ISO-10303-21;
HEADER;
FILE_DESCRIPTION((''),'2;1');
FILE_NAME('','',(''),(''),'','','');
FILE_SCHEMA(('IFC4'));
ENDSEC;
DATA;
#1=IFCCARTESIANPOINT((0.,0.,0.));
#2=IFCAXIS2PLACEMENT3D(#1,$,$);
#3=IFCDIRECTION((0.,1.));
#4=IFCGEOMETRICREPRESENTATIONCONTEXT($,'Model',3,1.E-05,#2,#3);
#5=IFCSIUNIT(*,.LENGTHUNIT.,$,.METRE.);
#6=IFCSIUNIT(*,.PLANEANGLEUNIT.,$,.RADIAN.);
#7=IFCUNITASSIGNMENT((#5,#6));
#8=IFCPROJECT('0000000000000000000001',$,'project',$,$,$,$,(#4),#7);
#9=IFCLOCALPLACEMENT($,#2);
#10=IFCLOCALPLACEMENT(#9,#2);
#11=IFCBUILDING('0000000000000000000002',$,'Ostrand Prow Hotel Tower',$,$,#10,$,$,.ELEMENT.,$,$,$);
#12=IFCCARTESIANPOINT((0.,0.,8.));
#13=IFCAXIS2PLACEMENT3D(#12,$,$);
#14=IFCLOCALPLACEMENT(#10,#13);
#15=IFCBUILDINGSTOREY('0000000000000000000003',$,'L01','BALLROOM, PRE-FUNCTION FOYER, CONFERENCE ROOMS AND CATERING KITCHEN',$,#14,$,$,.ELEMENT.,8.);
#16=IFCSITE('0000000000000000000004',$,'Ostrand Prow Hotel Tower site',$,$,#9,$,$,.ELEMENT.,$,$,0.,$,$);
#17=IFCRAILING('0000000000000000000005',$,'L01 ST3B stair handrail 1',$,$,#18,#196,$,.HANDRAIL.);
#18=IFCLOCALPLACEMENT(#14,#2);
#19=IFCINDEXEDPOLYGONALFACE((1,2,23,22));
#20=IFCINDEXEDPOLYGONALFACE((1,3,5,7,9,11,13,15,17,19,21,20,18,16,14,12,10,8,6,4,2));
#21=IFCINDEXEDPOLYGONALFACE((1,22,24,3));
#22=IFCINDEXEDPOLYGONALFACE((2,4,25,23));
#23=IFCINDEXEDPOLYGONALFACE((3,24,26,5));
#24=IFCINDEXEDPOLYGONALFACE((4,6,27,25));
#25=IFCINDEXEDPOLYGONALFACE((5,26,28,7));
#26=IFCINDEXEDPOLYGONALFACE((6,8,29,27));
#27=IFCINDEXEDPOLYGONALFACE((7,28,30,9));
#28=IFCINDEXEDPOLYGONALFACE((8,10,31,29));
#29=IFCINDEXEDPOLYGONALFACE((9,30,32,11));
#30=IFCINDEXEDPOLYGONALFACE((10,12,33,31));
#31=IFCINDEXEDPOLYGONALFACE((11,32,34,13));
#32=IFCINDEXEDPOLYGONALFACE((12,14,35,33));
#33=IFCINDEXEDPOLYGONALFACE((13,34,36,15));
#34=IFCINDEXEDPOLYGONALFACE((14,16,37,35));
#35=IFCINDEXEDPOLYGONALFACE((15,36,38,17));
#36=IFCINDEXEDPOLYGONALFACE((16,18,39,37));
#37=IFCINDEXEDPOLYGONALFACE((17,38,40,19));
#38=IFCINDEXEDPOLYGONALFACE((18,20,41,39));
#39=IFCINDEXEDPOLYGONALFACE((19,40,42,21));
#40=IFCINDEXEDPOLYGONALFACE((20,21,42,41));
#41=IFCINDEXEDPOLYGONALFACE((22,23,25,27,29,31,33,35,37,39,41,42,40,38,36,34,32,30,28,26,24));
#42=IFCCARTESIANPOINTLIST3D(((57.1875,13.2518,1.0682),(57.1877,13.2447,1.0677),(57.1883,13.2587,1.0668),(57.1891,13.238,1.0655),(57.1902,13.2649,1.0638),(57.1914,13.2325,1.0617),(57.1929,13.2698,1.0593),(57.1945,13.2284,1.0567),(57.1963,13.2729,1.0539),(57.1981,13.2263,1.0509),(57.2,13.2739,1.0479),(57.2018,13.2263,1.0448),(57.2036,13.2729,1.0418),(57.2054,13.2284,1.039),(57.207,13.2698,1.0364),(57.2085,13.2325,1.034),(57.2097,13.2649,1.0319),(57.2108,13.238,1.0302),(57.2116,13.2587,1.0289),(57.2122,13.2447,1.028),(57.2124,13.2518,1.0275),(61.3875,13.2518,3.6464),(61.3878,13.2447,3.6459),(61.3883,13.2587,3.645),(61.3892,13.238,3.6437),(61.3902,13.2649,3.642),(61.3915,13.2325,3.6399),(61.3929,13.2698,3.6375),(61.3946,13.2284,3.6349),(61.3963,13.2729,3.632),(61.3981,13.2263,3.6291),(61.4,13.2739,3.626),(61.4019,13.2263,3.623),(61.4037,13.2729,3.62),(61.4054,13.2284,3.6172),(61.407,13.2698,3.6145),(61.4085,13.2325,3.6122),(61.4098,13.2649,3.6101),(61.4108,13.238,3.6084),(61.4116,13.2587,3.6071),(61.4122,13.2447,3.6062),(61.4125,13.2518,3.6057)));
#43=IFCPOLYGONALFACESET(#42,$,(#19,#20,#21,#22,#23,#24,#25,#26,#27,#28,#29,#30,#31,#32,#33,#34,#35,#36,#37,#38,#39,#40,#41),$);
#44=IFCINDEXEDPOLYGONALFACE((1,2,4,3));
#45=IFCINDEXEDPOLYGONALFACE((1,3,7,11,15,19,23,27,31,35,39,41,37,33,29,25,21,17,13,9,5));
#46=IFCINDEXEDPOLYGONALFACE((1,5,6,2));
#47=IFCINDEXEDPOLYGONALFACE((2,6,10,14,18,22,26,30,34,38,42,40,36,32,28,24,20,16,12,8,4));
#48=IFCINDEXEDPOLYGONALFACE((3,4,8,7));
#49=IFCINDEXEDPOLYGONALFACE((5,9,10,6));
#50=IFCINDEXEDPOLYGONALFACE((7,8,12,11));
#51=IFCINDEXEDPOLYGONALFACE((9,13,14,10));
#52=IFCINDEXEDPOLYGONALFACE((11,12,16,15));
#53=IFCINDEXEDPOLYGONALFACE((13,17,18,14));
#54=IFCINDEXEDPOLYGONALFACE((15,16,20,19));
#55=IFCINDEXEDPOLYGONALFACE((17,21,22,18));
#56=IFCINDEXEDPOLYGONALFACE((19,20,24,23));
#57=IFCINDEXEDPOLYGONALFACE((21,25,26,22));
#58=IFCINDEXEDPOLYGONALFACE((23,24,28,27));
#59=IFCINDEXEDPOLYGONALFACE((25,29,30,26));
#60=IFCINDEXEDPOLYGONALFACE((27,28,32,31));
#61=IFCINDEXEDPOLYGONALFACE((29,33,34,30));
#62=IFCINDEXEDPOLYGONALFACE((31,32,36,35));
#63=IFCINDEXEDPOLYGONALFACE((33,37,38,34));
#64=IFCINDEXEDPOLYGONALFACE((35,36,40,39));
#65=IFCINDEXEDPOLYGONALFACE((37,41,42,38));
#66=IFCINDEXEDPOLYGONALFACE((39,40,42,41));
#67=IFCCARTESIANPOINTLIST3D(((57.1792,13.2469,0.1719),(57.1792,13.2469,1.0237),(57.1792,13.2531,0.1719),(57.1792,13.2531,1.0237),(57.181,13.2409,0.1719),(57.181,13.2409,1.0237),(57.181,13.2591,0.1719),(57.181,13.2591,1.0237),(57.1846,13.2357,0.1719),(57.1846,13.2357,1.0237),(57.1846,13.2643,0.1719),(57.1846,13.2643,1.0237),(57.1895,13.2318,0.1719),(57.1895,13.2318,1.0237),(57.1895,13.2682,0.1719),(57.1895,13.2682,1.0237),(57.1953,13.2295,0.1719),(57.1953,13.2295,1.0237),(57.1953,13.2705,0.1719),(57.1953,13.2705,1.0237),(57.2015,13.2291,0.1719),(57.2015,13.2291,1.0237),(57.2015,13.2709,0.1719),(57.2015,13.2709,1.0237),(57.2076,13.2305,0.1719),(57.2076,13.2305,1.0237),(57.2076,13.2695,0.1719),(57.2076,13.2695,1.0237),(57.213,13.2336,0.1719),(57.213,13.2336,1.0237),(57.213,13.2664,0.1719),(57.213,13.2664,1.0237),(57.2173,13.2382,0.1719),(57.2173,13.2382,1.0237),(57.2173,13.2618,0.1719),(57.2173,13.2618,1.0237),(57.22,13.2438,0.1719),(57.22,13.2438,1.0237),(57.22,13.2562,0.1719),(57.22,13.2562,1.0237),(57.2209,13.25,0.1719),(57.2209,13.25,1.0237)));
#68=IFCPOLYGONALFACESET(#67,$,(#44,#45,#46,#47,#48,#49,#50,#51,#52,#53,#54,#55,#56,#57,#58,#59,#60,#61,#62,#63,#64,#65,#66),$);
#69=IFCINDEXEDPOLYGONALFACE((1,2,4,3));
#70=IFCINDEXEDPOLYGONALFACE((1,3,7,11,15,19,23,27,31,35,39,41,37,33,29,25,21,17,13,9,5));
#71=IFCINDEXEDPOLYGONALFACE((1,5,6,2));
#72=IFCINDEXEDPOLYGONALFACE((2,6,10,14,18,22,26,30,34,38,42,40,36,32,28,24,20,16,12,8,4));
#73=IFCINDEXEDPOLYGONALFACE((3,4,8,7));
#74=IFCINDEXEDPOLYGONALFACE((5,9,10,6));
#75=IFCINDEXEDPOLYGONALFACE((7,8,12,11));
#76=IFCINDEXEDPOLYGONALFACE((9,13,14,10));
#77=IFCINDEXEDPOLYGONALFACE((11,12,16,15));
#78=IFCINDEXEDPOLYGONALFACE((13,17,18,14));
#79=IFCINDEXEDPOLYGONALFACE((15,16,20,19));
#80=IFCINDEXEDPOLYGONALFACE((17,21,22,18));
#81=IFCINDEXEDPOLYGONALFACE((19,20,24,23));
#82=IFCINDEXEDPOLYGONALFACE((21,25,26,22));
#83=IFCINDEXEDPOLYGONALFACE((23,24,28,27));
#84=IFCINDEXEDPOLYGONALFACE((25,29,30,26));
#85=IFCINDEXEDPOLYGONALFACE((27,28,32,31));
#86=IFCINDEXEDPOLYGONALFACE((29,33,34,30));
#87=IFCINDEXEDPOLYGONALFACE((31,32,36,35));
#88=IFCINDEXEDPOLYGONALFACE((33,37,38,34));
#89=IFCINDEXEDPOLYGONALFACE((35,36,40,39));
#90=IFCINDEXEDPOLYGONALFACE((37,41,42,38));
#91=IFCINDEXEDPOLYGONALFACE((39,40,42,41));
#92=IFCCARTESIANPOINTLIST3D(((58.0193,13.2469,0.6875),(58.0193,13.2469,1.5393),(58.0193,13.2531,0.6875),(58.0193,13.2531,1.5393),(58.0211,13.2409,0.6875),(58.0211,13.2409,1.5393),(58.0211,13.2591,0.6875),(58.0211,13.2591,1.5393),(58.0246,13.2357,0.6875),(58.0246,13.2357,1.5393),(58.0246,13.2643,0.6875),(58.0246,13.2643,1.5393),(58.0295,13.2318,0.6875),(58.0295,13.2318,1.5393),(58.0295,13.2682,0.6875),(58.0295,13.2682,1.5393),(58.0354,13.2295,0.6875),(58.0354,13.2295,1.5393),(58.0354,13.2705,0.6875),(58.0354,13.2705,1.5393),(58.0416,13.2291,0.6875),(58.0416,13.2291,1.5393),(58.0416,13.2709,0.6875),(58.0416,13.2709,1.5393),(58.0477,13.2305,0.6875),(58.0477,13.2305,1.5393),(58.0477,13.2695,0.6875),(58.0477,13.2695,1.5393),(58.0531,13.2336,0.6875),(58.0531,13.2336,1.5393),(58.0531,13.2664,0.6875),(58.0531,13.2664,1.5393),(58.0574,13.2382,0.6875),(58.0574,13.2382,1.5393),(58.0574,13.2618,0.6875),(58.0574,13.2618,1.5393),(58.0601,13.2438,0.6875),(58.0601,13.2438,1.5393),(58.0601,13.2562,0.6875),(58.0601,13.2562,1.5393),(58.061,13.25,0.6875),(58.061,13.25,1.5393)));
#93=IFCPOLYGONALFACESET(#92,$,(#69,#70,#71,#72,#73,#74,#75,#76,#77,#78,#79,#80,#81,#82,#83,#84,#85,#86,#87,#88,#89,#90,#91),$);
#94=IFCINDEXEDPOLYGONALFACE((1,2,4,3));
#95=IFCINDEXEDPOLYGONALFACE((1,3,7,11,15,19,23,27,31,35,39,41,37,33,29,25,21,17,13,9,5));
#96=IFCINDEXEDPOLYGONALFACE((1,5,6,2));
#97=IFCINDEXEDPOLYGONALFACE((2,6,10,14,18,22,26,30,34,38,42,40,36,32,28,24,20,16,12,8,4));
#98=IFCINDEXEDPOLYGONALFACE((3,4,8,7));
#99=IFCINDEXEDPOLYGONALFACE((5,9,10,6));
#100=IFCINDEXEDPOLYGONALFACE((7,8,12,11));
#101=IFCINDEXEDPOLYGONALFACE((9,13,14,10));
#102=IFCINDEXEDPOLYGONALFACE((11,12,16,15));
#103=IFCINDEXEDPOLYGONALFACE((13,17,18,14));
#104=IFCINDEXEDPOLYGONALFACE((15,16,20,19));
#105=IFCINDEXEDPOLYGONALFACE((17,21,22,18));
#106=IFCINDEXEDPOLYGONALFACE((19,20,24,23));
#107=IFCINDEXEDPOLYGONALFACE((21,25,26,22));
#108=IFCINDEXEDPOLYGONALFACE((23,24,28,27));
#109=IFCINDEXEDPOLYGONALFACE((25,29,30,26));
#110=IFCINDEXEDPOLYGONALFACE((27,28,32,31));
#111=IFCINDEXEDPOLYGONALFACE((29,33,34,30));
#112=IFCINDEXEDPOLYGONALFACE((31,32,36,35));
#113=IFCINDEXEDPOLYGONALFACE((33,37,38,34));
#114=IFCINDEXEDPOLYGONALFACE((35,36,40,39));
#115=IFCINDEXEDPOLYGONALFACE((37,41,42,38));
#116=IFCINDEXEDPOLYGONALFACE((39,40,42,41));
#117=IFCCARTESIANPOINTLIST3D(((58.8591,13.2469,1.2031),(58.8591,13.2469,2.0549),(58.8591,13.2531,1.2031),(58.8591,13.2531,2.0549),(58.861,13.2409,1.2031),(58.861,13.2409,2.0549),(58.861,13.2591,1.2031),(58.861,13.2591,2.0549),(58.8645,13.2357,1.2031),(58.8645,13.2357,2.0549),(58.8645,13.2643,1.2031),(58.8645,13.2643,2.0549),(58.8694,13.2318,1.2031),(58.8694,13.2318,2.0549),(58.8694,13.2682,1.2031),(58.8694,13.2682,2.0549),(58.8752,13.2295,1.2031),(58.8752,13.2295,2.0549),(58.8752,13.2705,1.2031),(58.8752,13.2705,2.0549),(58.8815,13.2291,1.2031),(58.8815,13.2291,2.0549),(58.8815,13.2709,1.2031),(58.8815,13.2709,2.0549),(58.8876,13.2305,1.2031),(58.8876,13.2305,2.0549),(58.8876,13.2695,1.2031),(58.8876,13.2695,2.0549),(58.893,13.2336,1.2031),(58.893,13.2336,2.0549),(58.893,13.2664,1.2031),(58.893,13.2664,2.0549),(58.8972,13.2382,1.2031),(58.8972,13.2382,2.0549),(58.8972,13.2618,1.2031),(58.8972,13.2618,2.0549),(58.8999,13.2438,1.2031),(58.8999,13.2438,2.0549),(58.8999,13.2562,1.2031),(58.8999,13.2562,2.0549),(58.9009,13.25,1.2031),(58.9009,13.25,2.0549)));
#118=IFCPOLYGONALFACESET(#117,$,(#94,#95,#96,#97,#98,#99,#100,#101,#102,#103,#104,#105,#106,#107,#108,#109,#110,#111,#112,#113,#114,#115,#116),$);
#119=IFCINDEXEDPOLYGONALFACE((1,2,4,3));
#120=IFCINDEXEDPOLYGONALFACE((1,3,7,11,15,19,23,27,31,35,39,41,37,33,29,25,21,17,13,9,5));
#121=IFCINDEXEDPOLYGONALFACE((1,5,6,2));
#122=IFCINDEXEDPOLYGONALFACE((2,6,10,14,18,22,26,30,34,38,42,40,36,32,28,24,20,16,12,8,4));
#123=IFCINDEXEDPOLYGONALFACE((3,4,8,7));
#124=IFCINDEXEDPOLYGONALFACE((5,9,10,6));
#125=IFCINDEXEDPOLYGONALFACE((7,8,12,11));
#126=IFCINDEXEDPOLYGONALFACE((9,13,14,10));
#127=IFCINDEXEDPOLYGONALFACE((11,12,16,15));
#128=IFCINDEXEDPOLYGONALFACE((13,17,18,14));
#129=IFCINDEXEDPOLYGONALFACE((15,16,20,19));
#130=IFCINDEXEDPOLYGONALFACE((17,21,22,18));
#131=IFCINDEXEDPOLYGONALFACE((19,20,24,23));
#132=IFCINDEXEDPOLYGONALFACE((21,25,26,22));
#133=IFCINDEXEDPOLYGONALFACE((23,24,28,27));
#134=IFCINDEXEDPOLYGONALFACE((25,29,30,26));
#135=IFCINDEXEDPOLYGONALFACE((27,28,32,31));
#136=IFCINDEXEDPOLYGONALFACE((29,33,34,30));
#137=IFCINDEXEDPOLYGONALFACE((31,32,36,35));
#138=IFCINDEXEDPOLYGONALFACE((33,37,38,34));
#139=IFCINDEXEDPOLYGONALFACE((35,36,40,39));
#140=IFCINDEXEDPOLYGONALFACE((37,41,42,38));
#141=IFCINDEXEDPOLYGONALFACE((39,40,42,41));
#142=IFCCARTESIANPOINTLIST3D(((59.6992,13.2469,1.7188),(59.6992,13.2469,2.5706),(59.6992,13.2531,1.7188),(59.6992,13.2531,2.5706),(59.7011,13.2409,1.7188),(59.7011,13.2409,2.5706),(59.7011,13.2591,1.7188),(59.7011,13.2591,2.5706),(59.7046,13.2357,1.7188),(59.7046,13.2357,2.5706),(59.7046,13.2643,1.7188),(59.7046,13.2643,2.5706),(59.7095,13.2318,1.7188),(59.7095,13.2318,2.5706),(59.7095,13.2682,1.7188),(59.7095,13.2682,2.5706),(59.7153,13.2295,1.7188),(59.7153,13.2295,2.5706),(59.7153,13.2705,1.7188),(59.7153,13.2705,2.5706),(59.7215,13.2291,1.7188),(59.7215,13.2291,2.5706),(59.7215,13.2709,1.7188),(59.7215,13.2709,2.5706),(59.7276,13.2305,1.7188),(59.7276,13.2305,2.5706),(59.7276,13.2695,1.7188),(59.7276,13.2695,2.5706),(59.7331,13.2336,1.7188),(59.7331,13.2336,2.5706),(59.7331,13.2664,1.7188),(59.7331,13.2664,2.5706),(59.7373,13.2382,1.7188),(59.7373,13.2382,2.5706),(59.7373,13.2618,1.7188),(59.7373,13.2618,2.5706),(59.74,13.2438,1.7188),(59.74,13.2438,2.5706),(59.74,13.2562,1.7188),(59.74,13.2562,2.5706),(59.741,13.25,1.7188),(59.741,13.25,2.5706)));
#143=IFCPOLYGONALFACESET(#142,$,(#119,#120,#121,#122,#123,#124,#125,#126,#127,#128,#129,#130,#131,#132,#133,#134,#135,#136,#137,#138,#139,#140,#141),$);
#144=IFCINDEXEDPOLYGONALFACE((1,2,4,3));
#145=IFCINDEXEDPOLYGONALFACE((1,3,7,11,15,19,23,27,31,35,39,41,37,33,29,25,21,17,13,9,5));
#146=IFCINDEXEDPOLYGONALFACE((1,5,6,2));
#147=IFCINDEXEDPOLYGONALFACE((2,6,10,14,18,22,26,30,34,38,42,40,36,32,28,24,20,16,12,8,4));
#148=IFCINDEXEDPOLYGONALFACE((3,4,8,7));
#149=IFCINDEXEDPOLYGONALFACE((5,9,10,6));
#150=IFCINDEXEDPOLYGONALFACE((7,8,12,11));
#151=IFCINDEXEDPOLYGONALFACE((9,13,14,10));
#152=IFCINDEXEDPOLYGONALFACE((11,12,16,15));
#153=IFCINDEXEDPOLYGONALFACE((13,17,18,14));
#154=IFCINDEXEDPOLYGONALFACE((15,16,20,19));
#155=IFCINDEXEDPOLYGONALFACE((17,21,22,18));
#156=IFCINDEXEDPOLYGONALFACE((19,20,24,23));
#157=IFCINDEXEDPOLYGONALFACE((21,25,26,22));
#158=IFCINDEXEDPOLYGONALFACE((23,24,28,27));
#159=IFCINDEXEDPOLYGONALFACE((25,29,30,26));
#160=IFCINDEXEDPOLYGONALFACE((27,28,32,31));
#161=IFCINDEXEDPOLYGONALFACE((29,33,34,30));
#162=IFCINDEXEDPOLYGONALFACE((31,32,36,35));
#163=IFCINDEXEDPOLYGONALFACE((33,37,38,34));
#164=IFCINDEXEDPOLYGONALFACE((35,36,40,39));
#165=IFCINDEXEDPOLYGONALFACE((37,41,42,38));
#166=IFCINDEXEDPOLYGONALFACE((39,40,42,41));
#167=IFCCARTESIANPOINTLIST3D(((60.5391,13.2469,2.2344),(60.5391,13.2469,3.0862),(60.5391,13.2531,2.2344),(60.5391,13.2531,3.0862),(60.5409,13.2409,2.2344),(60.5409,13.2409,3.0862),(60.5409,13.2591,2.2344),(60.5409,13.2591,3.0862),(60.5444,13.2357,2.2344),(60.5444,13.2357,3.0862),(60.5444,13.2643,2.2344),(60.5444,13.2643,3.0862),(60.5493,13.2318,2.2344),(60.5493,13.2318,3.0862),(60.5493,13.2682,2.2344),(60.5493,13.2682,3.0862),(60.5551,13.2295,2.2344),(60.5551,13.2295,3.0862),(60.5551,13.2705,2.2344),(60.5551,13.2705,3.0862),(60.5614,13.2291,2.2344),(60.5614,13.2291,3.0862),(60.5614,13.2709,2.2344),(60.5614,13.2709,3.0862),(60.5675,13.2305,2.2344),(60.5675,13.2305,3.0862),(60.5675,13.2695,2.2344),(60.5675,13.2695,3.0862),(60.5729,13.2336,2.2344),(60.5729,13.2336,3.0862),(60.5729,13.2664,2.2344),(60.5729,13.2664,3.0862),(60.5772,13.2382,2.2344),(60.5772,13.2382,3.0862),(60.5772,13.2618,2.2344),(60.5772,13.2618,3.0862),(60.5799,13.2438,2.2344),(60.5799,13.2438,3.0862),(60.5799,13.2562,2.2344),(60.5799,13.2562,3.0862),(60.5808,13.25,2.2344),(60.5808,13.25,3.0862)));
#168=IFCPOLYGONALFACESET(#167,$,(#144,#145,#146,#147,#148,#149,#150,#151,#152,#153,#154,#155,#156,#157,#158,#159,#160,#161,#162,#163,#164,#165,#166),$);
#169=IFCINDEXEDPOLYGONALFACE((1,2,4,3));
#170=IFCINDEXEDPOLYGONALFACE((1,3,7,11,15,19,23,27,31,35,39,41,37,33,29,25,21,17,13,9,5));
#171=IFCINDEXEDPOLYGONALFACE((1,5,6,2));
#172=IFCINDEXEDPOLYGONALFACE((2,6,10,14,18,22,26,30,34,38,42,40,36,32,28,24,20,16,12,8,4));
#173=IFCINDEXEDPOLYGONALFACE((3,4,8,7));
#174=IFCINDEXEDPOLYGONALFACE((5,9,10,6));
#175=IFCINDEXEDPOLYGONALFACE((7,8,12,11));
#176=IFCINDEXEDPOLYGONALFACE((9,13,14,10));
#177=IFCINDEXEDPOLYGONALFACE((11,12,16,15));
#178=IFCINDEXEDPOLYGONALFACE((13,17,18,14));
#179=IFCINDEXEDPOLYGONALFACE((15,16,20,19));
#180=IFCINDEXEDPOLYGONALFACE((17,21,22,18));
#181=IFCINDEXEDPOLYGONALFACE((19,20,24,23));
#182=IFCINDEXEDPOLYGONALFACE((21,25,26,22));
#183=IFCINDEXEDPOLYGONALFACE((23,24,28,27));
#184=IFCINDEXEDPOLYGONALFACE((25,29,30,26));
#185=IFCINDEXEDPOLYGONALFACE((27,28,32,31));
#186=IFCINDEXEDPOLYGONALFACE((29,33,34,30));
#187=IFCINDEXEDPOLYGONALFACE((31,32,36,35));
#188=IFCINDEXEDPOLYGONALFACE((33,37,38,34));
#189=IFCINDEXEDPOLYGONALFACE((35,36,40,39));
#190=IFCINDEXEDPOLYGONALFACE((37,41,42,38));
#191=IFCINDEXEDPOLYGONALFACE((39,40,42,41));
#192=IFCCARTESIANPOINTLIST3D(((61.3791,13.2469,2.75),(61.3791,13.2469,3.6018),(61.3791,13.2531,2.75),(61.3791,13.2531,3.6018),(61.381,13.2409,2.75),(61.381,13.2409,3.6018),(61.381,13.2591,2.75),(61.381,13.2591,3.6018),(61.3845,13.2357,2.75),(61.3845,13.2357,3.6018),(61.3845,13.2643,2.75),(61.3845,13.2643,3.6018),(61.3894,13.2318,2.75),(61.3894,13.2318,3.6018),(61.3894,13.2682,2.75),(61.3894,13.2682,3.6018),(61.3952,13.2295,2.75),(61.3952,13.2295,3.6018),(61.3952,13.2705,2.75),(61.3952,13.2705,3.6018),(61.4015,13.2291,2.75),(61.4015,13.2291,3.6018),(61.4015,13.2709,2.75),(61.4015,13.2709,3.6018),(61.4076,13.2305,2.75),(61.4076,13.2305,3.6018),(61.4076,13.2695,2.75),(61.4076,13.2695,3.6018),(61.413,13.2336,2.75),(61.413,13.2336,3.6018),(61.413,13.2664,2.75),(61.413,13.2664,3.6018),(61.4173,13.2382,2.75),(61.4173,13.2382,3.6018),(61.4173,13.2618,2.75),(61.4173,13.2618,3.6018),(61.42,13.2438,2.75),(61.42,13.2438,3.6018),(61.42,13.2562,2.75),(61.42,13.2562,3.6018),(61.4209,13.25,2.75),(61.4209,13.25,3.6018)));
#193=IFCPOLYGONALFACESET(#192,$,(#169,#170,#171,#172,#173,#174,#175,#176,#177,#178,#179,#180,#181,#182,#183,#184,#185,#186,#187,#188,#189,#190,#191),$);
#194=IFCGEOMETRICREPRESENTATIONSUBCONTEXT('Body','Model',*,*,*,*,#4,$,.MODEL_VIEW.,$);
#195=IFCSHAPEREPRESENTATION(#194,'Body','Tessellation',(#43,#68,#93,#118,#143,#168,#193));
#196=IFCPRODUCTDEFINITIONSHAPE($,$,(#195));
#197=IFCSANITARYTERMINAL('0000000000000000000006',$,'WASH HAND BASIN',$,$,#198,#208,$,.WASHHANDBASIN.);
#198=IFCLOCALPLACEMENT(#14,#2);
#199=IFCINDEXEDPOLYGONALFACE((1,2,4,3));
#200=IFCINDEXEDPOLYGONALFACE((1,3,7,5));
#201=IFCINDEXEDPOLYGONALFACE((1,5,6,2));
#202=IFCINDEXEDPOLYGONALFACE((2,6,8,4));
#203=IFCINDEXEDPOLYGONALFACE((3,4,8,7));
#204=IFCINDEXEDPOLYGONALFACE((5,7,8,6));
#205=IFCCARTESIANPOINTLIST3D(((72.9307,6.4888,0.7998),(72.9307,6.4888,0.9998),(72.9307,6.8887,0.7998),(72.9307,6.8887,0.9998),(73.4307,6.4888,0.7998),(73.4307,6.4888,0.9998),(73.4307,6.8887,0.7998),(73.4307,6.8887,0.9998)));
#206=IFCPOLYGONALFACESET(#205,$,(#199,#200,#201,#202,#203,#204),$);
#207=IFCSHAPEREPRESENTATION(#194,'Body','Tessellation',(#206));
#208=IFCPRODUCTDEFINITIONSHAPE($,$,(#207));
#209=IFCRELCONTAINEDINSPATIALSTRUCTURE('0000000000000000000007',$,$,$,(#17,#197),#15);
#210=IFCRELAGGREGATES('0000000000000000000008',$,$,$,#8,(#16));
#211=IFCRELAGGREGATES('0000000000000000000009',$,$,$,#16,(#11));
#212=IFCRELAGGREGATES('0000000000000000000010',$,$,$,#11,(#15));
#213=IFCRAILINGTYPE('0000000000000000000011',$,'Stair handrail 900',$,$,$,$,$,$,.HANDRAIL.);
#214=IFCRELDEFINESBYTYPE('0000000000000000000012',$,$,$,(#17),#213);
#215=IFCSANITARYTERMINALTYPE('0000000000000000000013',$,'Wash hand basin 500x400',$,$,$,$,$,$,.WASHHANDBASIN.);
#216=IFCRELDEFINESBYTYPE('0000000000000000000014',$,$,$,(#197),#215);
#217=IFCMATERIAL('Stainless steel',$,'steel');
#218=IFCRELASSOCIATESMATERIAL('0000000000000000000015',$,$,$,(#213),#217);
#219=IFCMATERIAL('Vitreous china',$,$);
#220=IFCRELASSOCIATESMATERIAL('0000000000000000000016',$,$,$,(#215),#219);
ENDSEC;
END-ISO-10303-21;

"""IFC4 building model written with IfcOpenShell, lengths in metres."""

from ifc_helpers import new_model, si_unit, direction, frame, origin, origin_2d, place, context, subcontext, project, spatial, rectangle, circle, extrude, material, type_object, element, save


model = new_model("IFC4")

# Units and contexts
model_context = context("Model", 3, precision=1e-05, world=origin(), true_north=direction((0.0, 1.0)))
body_context = subcontext(model_context, "Body", "Model", "MODEL_VIEW")
ifc_project = project(units=[si_unit("LENGTHUNIT", "METRE"), si_unit("PLANEANGLEUNIT", "RADIAN")], contexts=[model_context])

# Site, building, storey
site_placement = place(None, origin())
site = spatial("IfcSite", under=ifc_project, at=site_placement, Name="Ostrand Prow Hotel Tower site", CompositionType="ELEMENT", RefElevation=0.0)
building_placement = place(site_placement, origin())
building = spatial("IfcBuilding", under=site, at=building_placement, Name="Ostrand Prow Hotel Tower", CompositionType="ELEMENT")
storey_placement = place(building_placement, frame((0.0, 0.0, 8.0)))
storey = spatial("IfcBuildingStorey", under=building, at=storey_placement, Name="L01", Description="BALLROOM, PRE-FUNCTION FOYER, CONFERENCE ROOMS AND CATERING KITCHEN", CompositionType="ELEMENT", Elevation=8.0)

# Railing
ifc_material_1 = material(Name="Stainless steel", Category="steel")
railing_type_1 = type_object("IfcRailingType", Name="Stair handrail 900", PredefinedType="HANDRAIL", material=ifc_material_1)
railing_1_placement = place(storey_placement, frame((57.2, 13.25, 0.1719)))
element("IfcRailing", 1, at=railing_1_placement, inside=storey, type_object=railing_type_1, Name="L01 ST3B stair handrail 1", PredefinedType="HANDRAIL", context=body_context, shape_type="SweptSolid", body=[
    extrude(circle(Radius=0.0239, at=origin_2d()), frame((0.0, 0.0, 0.876), z_axis=(0.852243, 0.0, 0.523146), x_axis=(0.0, 1.0, 0.0)), (0.0, 0.0, 1.0), 4.9282),
    extrude(circle(Radius=0.021, at=origin_2d()), origin(), (0.0, 0.0, 1.0), 0.8518),
    extrude(circle(Radius=0.021, at=origin_2d()), frame((0.8401, 0.0, 0.5156)), (0.0, 0.0, 1.0), 0.8518),
    extrude(circle(Radius=0.021, at=origin_2d()), frame((1.6799, 0.0, 1.0312)), (0.0, 0.0, 1.0), 0.8518),
    extrude(circle(Radius=0.021, at=origin_2d()), frame((2.52, 0.0, 1.5469)), (0.0, 0.0, 1.0), 0.8518),
    extrude(circle(Radius=0.021, at=origin_2d()), frame((3.3599, 0.0, 2.0625)), (0.0, 0.0, 1.0), 0.8518),
    extrude(circle(Radius=0.021, at=origin_2d()), frame((4.2, 0.0, 2.5781)), (0.0, 0.0, 1.0), 0.8518),
])

# Sanitary terminal
ifc_material_2 = material(Name="Vitreous china")
sanitary_terminal_type = type_object("IfcSanitaryTerminalType", Name="Wash hand basin 500x400", PredefinedType="WASHHANDBASIN", material=ifc_material_2)
sanitary_terminal_placement = place(storey_placement, frame((73.1807, 6.6887, 0.7998), z_axis=(0.0, 0.0, 1.0), x_axis=(1.0, 0.0, 0.0)))
element("IfcSanitaryTerminal", 2, at=sanitary_terminal_placement, inside=storey, type_object=sanitary_terminal_type, Name="WASH HAND BASIN", PredefinedType="WASHHANDBASIN", context=body_context, shape_type="SweptSolid", body=[
    extrude(rectangle(XDim=0.5, YDim=0.3999, at=origin_2d()), origin(), (0.0, 0.0, 1.0), 0.2),
])

save(model, "model.ifc")
